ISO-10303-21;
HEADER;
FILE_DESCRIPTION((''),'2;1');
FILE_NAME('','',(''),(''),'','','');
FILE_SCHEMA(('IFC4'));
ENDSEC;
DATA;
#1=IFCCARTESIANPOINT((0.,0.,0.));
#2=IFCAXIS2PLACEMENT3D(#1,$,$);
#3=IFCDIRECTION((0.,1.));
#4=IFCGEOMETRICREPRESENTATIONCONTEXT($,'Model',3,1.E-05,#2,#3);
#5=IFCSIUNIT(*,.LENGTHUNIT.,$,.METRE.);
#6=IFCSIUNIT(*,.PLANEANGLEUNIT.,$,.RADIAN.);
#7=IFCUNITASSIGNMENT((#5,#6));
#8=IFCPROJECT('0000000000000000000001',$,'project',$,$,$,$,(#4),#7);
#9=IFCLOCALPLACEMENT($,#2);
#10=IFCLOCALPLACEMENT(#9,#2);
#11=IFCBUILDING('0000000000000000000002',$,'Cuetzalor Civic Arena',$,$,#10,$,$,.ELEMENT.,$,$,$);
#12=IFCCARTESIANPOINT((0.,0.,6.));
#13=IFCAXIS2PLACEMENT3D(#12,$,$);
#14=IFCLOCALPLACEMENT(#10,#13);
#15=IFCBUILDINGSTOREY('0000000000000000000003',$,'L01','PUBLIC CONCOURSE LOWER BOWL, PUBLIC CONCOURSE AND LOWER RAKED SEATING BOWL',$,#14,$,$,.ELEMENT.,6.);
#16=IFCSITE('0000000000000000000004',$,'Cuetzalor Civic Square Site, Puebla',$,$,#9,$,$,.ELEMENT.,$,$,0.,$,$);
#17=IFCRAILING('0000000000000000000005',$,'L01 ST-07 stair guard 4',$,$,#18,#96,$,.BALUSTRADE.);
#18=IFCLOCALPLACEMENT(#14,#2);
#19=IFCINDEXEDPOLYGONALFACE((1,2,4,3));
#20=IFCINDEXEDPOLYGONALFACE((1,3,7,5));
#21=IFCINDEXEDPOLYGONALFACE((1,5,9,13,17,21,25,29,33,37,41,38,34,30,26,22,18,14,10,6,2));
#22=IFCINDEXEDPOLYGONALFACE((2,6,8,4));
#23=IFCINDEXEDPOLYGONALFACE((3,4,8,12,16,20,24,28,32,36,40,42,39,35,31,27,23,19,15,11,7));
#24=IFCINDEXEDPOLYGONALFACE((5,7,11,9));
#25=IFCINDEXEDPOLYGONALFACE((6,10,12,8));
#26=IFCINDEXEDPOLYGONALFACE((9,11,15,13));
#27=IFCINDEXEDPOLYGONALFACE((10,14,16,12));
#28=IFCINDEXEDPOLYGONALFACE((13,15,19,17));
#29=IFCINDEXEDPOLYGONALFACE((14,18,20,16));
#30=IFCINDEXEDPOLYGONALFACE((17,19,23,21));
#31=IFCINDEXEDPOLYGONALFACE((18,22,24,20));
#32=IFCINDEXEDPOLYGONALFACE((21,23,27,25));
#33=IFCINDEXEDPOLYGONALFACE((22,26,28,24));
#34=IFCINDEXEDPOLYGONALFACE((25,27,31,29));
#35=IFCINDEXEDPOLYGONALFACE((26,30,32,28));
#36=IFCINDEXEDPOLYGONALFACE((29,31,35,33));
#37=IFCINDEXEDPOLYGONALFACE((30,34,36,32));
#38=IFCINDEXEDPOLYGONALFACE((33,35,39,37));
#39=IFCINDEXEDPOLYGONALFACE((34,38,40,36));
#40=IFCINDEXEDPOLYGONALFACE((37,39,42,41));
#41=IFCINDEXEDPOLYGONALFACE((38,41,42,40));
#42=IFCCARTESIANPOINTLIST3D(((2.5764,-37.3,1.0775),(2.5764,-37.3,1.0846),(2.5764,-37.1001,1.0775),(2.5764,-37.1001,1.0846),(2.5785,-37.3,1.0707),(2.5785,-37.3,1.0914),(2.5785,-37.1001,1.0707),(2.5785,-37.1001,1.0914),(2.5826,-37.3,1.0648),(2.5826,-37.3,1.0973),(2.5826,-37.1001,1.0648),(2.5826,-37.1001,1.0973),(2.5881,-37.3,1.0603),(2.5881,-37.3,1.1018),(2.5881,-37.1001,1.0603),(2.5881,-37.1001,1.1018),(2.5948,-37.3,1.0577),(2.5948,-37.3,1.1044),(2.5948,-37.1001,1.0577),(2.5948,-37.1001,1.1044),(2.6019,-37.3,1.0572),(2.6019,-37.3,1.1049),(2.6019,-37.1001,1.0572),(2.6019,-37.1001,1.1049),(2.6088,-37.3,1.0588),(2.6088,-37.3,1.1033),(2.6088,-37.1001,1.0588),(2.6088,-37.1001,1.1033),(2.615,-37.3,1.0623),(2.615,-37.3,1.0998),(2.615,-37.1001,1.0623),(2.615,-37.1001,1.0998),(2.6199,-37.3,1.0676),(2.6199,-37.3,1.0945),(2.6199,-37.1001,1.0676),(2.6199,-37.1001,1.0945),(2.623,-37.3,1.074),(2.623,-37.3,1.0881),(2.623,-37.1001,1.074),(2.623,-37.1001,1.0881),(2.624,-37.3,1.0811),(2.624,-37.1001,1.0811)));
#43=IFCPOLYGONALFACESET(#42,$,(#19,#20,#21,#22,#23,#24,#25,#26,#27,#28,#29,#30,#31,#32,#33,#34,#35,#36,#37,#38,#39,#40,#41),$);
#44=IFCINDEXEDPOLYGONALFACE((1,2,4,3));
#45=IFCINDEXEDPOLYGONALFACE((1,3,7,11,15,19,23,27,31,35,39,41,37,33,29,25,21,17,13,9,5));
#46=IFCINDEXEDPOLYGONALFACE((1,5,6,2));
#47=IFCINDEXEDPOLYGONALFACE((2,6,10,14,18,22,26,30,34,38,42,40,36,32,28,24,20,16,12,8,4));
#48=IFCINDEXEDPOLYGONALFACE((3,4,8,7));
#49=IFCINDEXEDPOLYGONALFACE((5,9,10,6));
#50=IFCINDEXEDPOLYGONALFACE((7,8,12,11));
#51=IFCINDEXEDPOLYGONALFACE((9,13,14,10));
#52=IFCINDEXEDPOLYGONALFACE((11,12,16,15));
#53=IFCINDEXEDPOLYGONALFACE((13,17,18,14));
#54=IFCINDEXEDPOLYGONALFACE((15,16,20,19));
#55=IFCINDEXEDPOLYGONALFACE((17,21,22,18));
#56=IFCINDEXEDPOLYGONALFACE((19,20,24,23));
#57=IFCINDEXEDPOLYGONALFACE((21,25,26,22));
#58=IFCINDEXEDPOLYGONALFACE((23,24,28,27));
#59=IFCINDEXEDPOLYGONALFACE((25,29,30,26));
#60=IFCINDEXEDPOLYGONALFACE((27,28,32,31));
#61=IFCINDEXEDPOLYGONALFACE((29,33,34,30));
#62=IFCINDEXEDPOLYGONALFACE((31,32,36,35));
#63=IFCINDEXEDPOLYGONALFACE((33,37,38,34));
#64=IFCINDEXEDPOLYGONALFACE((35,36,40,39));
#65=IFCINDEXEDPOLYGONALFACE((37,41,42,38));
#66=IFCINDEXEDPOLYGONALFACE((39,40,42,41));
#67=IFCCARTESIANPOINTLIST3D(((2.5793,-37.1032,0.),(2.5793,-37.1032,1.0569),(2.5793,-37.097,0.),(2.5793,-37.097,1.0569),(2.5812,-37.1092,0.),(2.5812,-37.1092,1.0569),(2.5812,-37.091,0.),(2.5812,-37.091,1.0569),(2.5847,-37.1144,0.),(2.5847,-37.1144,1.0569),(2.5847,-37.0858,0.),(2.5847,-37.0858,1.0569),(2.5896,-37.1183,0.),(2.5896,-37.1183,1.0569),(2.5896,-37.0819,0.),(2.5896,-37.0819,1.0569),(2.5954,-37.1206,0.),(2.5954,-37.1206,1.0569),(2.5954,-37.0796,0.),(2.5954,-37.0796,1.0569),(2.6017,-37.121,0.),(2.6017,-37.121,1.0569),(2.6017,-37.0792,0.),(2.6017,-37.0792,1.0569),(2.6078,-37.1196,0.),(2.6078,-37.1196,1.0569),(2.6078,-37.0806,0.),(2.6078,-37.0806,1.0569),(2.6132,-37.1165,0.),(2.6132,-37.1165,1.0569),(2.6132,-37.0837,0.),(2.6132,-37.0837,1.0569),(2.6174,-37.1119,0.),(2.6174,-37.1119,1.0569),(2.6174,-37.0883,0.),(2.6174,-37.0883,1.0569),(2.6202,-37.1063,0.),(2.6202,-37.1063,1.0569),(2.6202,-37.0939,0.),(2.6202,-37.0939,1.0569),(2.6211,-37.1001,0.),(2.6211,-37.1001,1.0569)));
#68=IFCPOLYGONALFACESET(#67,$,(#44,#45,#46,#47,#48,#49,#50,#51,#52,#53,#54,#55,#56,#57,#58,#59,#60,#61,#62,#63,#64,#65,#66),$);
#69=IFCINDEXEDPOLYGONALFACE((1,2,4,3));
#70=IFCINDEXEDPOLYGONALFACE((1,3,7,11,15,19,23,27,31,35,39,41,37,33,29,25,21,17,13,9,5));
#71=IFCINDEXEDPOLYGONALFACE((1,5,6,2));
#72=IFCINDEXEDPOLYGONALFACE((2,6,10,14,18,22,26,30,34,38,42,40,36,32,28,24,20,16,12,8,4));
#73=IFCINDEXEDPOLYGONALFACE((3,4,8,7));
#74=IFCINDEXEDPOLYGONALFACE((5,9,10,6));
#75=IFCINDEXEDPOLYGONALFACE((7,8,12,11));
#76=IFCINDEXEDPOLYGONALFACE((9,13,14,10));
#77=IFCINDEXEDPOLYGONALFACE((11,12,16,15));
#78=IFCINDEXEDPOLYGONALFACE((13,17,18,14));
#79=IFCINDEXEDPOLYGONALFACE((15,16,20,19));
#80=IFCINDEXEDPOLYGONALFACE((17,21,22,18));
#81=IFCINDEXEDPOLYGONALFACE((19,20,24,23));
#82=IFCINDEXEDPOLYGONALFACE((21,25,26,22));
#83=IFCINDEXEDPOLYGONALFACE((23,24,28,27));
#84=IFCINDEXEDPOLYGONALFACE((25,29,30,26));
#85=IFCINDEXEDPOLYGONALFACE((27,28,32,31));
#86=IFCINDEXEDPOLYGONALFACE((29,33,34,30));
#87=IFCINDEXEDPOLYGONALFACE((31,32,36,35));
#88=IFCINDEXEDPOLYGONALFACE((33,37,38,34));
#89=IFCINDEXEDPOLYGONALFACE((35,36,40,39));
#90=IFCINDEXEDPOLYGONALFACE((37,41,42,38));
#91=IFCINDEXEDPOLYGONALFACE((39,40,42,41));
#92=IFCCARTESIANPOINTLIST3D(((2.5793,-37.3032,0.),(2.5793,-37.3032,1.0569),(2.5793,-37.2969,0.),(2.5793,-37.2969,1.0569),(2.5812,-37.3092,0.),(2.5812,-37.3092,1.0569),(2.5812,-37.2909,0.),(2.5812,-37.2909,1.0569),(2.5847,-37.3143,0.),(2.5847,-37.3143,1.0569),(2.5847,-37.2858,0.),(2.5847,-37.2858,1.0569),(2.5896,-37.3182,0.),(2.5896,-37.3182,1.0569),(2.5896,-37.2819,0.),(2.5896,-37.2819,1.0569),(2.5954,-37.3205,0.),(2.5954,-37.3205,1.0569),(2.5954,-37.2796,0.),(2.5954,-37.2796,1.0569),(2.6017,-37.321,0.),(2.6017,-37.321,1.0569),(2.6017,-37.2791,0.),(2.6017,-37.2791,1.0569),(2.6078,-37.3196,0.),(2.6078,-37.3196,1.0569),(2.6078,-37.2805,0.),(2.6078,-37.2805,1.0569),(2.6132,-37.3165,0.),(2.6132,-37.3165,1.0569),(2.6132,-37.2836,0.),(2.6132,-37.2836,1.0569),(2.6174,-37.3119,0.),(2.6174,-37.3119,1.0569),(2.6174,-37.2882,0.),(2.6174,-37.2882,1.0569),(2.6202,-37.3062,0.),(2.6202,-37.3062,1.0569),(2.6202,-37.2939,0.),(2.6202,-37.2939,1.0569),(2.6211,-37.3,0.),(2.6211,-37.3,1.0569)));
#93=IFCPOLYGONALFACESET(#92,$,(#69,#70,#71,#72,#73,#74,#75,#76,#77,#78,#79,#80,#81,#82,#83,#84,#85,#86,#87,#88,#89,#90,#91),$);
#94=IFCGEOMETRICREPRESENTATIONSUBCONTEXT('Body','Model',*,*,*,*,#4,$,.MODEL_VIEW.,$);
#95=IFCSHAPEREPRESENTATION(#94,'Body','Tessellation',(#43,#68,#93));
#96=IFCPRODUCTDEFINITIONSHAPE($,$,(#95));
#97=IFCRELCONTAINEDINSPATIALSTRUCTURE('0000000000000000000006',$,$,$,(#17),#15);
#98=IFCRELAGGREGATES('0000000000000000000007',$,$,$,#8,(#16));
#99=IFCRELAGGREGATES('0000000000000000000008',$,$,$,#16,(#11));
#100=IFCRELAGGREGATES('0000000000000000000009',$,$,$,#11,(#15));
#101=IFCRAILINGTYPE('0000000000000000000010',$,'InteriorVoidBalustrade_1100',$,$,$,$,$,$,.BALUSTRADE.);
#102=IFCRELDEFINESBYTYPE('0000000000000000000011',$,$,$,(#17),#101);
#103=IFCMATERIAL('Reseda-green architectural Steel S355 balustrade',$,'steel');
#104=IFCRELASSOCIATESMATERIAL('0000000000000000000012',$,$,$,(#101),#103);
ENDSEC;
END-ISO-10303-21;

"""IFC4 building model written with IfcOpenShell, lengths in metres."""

from ifc_helpers import new_model, si_unit, direction, frame, origin, origin_2d, place, context, subcontext, project, spatial, circle, extrude, material, type_object, element, save


model = new_model("IFC4")

# Units and contexts
model_context = context("Model", 3, precision=1e-05, world=origin(), true_north=direction((0.0, 1.0)))
body_context = subcontext(model_context, "Body", "Model", "MODEL_VIEW")
ifc_project = project(units=[si_unit("LENGTHUNIT", "METRE"), si_unit("PLANEANGLEUNIT", "RADIAN")], contexts=[model_context])

# Site, building, storey
site_placement = place(None, origin())
site = spatial("IfcSite", under=ifc_project, at=site_placement, Name="Cuetzalor Civic Square Site, Puebla", CompositionType="ELEMENT", RefElevation=0.0)
building_placement = place(site_placement, origin())
building = spatial("IfcBuilding", under=site, at=building_placement, Name="Cuetzalor Civic Arena", CompositionType="ELEMENT")
storey_placement = place(building_placement, frame((0.0, 0.0, 6.0)))
storey = spatial("IfcBuildingStorey", under=building, at=storey_placement, Name="L01", Description="PUBLIC CONCOURSE LOWER BOWL, PUBLIC CONCOURSE AND LOWER RAKED SEATING BOWL", CompositionType="ELEMENT", Elevation=6.0)

# Railing
ifc_material_1 = material(Name="Reseda-green architectural Steel S355 balustrade", Category="steel")
railing_type_1 = type_object("IfcRailingType", Name="InteriorVoidBalustrade_1100", PredefinedType="BALUSTRADE", material=ifc_material_1)
railing_1_placement = place(storey_placement, frame((2.6001, -37.1001, 0.0)))
element("IfcRailing", 1, at=railing_1_placement, inside=storey, type_object=railing_type_1, Name="L01 ST-07 stair guard 4", PredefinedType="BALUSTRADE", context=body_context, shape_type="SweptSolid", body=[
    extrude(circle(Radius=0.0239, at=origin_2d()), frame((0.0, 0.0, 1.0811), z_axis=(0.0, -1.0, 0.0), x_axis=(1.0, 0.0, 0.0)), (0.0, 0.0, 1.0), 0.2),
    extrude(circle(Radius=0.021, at=origin_2d()), origin(), (0.0, 0.0, 1.0), 1.0569),
    extrude(circle(Radius=0.021, at=origin_2d()), frame((0.0, -0.2, 0.0)), (0.0, 0.0, 1.0), 1.0569),
])

save(model, "model.ifc")
